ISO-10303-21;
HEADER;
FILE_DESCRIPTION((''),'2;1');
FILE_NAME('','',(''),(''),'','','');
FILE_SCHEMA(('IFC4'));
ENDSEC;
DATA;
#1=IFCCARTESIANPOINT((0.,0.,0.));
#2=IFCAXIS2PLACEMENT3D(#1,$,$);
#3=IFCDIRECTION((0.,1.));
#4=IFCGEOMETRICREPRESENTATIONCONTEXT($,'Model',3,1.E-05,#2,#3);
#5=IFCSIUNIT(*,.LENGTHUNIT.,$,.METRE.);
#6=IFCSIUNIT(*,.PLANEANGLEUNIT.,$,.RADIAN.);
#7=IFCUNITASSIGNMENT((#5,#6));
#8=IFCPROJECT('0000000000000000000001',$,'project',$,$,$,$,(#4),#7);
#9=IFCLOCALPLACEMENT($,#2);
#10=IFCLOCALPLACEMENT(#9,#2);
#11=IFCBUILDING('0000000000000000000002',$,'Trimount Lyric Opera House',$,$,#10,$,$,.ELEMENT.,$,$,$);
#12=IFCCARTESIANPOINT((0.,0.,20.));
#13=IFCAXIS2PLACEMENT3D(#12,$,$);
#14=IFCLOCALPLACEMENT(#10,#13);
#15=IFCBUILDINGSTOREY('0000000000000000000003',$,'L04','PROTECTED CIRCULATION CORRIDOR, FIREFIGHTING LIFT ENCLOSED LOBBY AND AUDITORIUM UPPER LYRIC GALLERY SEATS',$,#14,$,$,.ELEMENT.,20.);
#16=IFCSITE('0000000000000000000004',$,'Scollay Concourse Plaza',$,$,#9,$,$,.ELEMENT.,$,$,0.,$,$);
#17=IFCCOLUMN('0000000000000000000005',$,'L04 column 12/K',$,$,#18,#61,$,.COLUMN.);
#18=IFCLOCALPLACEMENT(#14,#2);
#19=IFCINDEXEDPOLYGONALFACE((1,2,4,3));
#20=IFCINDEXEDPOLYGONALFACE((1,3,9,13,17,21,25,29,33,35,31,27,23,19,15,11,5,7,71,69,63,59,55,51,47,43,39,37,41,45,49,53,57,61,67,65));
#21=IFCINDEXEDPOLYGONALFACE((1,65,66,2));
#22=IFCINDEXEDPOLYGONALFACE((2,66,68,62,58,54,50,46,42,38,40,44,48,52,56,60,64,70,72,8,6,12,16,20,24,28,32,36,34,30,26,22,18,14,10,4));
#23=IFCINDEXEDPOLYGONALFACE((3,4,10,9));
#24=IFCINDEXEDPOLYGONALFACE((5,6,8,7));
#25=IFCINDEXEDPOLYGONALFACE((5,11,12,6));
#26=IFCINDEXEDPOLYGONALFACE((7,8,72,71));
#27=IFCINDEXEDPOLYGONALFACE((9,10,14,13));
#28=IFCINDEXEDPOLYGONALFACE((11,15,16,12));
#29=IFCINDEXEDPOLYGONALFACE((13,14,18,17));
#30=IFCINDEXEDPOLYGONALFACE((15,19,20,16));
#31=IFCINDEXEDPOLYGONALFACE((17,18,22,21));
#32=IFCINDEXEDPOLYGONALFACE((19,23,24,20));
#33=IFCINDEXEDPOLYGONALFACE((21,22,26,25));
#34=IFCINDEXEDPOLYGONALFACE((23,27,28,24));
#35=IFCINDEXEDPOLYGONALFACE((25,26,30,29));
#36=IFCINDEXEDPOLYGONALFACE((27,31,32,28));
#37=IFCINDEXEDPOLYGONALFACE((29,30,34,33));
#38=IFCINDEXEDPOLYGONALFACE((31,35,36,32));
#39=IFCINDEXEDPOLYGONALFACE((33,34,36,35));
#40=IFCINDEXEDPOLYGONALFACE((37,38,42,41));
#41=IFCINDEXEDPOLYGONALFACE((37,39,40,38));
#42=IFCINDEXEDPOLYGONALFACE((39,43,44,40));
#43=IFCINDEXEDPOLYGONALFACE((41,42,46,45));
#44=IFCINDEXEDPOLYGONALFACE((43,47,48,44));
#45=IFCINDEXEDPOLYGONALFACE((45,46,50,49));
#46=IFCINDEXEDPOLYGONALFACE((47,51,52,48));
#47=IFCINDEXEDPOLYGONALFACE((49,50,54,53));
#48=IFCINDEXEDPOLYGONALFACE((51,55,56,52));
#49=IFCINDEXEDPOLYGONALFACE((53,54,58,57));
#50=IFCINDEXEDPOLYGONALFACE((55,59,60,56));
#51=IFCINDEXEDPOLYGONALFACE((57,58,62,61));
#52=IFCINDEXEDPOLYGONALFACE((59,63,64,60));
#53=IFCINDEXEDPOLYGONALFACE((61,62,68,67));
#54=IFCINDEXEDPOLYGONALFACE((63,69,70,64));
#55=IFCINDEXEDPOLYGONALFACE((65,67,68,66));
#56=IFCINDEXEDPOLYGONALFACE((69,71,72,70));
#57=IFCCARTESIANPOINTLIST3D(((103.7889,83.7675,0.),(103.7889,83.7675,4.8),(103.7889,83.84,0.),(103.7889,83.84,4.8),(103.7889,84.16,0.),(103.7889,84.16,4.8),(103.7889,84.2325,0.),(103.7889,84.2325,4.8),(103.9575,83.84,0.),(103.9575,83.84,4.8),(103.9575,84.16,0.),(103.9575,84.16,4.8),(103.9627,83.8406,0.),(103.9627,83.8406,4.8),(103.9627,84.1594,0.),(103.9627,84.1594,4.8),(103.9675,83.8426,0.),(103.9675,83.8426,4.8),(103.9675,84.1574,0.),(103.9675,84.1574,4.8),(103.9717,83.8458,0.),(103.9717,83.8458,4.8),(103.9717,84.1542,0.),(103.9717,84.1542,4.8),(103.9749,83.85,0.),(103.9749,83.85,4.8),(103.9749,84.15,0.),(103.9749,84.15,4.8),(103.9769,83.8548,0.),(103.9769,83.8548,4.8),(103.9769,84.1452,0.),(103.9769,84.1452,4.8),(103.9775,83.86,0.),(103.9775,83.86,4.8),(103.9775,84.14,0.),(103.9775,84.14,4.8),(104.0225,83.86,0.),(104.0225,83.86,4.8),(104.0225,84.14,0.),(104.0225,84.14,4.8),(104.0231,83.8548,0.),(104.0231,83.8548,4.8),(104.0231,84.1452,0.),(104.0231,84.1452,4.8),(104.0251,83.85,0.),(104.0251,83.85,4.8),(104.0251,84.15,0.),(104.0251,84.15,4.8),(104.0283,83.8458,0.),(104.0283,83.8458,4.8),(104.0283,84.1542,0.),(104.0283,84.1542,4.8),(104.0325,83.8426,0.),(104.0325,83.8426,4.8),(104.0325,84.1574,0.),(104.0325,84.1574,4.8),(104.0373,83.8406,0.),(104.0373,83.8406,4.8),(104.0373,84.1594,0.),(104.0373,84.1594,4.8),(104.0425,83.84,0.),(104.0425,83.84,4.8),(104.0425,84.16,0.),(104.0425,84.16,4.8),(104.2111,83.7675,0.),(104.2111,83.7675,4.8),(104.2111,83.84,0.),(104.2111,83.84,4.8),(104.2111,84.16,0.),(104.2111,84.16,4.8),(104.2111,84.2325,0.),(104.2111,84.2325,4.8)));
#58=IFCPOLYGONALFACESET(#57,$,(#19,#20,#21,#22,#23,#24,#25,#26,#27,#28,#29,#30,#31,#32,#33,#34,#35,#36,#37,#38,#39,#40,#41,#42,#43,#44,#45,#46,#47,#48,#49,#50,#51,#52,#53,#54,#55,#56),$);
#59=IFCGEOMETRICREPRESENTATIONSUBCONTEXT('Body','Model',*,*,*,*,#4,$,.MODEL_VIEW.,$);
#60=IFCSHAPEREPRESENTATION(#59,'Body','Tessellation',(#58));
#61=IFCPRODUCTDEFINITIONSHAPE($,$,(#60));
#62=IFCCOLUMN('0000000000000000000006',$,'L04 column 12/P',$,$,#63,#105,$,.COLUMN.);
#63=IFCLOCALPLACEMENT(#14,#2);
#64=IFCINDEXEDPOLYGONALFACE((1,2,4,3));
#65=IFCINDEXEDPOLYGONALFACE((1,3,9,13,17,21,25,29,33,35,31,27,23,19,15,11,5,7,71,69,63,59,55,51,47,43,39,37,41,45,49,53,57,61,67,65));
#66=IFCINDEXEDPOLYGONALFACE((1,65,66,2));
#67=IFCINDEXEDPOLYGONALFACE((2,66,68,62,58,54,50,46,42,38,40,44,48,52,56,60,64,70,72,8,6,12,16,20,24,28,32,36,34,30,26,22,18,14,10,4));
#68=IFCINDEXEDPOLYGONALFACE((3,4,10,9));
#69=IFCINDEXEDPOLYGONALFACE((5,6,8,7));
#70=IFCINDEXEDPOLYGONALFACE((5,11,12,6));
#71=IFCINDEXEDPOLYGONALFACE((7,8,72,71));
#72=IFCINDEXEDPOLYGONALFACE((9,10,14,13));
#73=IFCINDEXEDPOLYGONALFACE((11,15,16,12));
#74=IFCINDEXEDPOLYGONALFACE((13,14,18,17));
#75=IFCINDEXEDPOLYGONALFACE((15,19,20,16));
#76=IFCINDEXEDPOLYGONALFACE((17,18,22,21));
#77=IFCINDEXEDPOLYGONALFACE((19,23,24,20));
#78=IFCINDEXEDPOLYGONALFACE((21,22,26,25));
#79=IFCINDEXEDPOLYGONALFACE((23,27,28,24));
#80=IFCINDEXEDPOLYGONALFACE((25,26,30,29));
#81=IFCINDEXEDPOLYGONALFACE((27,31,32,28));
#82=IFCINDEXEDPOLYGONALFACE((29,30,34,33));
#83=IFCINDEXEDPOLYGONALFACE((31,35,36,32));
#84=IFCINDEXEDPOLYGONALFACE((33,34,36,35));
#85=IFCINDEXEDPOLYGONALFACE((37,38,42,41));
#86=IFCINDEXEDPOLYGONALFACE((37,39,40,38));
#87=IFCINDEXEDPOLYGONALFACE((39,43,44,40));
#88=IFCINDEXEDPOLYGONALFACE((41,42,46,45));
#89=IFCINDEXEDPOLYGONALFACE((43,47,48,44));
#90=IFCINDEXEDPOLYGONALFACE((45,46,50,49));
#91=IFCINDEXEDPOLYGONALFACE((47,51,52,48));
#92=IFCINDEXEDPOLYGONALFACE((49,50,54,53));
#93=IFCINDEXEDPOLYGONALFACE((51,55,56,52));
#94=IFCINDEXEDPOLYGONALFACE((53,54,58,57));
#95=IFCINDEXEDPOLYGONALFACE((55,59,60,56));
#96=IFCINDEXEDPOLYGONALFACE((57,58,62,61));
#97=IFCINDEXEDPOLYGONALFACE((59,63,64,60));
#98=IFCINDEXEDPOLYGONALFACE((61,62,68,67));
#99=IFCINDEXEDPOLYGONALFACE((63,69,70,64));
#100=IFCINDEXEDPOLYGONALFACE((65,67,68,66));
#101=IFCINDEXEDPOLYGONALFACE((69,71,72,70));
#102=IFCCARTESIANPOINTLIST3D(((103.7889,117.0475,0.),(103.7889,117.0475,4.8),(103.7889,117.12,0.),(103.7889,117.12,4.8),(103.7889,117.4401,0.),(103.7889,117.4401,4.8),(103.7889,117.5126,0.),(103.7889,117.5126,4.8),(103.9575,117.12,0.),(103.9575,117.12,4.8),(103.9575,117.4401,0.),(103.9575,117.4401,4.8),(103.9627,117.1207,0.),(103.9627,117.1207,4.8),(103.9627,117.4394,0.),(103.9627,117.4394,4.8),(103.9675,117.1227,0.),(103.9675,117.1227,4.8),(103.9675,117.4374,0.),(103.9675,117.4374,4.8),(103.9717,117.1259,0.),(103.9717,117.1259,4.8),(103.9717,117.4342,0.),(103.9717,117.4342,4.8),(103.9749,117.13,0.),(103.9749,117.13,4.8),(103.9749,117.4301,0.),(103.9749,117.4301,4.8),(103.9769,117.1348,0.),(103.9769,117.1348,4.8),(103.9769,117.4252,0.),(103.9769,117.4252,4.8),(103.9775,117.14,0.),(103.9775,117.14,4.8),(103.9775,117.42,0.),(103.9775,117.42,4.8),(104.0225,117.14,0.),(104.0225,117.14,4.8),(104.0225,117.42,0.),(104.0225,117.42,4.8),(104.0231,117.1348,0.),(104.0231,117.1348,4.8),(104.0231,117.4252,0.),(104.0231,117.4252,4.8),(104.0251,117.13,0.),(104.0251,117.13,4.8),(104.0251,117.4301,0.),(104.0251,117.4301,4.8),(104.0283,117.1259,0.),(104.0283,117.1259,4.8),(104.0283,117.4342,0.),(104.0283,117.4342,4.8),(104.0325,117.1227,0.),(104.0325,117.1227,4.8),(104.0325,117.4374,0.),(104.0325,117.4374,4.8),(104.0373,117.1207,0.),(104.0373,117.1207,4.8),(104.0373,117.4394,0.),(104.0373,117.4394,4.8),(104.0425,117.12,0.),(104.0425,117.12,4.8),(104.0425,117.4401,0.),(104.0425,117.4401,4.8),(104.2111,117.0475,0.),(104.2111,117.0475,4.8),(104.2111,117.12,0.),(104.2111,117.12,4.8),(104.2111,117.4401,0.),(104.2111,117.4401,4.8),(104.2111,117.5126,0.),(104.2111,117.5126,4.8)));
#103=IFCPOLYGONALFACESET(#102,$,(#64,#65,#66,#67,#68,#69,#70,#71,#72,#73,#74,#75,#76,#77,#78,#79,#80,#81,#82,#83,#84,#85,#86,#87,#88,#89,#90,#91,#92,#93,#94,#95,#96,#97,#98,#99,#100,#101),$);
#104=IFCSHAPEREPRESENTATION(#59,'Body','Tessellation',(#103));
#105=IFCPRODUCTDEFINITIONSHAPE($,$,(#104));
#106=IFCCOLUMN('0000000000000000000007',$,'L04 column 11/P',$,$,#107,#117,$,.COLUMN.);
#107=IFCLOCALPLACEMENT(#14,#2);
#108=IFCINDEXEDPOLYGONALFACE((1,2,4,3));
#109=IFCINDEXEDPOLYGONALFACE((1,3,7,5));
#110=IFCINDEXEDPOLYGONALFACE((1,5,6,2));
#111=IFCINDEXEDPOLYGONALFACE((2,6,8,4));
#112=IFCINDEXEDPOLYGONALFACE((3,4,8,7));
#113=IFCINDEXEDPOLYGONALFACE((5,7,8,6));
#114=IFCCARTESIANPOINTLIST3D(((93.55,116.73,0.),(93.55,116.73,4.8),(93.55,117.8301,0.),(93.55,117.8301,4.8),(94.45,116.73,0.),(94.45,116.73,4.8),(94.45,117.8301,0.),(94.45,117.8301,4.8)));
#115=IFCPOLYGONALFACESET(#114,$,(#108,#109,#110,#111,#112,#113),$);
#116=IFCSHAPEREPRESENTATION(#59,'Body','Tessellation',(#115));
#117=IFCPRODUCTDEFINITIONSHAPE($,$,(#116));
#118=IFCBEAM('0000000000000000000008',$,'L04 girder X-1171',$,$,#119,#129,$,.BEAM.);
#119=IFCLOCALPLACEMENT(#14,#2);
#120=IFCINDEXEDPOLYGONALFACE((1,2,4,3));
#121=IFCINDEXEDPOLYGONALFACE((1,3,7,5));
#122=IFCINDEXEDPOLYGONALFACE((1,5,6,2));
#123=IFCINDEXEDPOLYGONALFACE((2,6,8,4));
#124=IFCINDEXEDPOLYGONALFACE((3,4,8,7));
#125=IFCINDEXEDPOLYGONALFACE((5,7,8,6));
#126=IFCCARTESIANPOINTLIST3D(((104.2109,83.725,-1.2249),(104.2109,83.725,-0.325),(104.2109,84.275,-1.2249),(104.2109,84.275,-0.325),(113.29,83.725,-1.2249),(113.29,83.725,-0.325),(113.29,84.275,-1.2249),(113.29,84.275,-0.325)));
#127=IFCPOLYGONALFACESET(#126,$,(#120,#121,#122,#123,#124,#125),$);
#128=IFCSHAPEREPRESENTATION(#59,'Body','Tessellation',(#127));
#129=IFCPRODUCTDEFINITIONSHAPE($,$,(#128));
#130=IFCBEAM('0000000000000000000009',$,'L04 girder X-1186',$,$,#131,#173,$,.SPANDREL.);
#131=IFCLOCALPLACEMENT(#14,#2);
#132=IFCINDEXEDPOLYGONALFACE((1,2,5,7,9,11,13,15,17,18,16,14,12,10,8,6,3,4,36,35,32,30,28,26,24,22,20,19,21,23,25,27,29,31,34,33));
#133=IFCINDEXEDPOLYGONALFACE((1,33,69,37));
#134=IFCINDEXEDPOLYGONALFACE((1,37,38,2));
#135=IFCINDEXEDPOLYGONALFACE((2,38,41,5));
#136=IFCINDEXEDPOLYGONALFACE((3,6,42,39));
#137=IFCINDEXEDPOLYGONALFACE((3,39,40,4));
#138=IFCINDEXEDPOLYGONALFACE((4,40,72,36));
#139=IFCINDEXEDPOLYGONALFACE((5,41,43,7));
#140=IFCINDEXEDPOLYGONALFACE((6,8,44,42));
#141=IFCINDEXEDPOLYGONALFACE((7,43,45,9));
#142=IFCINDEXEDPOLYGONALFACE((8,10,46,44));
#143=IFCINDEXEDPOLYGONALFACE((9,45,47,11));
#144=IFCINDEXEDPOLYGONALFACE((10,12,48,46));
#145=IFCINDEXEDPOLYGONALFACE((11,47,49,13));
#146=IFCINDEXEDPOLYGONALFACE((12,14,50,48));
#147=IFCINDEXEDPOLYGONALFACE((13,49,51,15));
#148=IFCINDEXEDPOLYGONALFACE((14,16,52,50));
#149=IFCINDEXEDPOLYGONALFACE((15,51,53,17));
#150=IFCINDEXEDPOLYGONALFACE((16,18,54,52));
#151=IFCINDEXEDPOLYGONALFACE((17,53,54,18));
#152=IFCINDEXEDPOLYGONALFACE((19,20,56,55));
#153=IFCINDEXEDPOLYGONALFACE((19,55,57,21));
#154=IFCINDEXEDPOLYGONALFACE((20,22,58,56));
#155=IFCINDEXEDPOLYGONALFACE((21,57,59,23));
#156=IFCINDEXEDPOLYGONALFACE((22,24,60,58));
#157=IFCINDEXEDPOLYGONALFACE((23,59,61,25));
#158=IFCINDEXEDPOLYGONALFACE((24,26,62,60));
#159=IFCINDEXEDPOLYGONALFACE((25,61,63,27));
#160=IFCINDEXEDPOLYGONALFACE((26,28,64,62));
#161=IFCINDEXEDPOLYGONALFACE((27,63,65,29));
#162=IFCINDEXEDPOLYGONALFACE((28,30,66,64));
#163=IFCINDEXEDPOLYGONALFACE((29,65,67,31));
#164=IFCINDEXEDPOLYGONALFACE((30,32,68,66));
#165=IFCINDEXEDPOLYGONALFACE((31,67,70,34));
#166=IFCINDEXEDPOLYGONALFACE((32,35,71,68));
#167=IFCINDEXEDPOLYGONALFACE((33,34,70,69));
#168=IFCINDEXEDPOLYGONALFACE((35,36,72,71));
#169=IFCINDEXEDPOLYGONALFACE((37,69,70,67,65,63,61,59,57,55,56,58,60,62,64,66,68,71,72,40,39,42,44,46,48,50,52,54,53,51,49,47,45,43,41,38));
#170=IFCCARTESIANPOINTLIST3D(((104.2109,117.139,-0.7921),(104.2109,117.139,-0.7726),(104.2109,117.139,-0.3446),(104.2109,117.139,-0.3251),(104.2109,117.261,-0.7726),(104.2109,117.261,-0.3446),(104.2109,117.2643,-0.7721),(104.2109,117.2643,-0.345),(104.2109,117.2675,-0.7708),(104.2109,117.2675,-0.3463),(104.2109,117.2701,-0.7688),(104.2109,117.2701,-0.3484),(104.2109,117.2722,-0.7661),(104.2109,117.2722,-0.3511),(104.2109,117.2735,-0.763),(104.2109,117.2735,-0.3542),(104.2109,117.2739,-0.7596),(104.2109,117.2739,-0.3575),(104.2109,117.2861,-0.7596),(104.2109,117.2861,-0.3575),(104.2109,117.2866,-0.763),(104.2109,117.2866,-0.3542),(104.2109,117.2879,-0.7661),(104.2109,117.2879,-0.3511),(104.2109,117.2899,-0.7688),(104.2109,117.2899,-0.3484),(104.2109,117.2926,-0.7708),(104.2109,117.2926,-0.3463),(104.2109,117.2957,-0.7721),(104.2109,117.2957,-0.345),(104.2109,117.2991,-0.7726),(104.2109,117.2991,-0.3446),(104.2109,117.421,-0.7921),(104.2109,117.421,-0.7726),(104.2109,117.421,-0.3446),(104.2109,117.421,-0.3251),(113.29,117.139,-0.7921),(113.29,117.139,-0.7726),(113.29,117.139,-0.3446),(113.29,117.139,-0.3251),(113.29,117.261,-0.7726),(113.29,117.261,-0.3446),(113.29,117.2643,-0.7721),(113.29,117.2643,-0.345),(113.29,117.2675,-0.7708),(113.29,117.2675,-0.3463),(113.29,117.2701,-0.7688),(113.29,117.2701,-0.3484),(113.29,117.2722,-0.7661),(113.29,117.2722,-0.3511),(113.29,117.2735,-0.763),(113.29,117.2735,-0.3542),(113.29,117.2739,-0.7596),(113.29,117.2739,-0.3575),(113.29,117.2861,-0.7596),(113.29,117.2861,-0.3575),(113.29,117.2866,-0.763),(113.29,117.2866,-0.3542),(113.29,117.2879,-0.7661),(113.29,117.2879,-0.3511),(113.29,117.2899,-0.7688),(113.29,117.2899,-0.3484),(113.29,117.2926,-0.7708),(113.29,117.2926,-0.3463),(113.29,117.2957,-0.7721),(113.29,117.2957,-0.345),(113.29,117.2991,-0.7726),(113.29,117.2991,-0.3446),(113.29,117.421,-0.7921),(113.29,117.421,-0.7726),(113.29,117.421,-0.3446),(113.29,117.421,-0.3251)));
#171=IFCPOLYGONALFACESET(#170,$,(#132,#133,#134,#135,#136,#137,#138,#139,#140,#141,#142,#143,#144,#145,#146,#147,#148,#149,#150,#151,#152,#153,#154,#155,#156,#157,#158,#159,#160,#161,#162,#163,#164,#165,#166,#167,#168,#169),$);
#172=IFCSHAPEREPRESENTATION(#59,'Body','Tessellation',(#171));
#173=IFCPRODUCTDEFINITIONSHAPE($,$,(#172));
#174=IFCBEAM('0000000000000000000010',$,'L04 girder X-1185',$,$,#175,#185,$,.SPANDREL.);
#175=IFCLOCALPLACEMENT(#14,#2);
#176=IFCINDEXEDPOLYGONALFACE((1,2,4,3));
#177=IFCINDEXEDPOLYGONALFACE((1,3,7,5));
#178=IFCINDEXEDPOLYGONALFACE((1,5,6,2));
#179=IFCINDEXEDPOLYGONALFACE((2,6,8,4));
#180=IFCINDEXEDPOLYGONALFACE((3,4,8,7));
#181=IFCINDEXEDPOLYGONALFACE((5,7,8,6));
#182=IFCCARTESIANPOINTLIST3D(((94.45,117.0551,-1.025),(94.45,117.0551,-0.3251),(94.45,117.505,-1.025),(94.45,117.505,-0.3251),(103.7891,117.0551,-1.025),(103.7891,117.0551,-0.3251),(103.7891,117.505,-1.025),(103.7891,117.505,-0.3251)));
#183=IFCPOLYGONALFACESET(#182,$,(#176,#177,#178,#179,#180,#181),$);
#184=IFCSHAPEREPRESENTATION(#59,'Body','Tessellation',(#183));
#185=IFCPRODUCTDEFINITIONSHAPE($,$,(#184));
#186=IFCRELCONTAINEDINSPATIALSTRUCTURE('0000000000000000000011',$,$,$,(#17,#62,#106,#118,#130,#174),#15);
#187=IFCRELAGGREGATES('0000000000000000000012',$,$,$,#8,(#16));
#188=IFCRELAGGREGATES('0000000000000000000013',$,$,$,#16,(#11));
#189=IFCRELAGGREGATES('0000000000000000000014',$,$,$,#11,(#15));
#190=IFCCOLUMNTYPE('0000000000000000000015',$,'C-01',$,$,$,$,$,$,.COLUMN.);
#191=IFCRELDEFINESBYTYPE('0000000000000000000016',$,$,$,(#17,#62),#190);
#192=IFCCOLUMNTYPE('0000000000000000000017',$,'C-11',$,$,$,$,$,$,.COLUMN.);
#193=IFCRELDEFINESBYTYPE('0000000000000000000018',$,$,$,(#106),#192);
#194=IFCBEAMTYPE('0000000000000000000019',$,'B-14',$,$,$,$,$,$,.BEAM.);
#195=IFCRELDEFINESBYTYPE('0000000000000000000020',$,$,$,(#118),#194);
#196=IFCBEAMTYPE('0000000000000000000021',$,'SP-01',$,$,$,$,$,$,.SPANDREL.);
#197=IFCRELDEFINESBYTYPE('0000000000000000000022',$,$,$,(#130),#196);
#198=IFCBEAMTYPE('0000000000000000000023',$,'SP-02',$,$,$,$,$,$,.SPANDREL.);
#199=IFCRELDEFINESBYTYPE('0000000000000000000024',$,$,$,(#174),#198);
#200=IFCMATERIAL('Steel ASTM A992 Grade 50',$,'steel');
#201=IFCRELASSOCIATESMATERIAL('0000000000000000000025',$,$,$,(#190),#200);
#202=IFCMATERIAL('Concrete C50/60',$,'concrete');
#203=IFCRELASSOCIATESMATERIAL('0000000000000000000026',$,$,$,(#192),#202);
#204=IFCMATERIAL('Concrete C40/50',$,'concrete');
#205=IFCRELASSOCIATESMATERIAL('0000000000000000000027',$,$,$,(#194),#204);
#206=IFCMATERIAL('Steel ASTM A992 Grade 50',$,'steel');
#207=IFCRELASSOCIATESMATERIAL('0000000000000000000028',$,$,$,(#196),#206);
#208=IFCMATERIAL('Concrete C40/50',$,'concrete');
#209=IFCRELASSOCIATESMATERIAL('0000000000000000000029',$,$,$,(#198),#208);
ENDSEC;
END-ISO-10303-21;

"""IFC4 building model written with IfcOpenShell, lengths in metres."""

from ifc_helpers import new_model, si_unit, direction, frame, origin, origin_2d, place, context, subcontext, project, spatial, rectangle, i_section, extrude, material, material_profile, profile_set, type_object, element, save


model = new_model("IFC4")

# Units and contexts
model_context = context("Model", 3, precision=1e-05, world=origin(), true_north=direction((0.0, 1.0)))
body_context = subcontext(model_context, "Body", "Model", "MODEL_VIEW")
ifc_project = project(units=[si_unit("LENGTHUNIT", "METRE"), si_unit("PLANEANGLEUNIT", "RADIAN")], contexts=[model_context])

# Site, building, storey
site_placement = place(None, origin())
site = spatial("IfcSite", under=ifc_project, at=site_placement, Name="Scollay Concourse Plaza", CompositionType="ELEMENT", RefElevation=0.0)
building_placement = place(site_placement, origin())
building = spatial("IfcBuilding", under=site, at=building_placement, Name="Trimount Lyric Opera House", CompositionType="ELEMENT")
storey_placement = place(building_placement, frame((0.0, 0.0, 20.0)))
storey = spatial("IfcBuildingStorey", under=building, at=storey_placement, Name="L04", Description="PROTECTED CIRCULATION CORRIDOR, FIREFIGHTING LIFT ENCLOSED LOBBY AND AUDITORIUM UPPER LYRIC GALLERY SEATS", CompositionType="ELEMENT", Elevation=20.0)

# Columns
ifc_material_1 = material(Name="Steel ASTM A992 Grade 50", Category="steel")
ifc_material_profile_1 = material_profile(ifc_material_1, i_section(OverallWidth=0.4221, OverallDepth=0.4651, WebThickness=0.0449, FlangeThickness=0.0725, FilletRadius=0.02, at=origin_2d()), Name="W14X398")
ifc_profile_set_1 = profile_set([ifc_material_profile_1], Name="Steel ASTM A992 Grade 50")
column_type_1 = type_object("IfcColumnType", Name="C-01", PredefinedType="COLUMN", material=ifc_profile_set_1)
for number, where, z_axis, x_axis, name in (
    (1, (104.0, 84.0, 0.0), (0.0, 0.0, 1.0), (1.0, 0.0, 0.0), "L04 column 12/K"),
    (2, (104.0, 117.28, 0.0), (0.0, 0.0, 1.0), (1.0, 0.0, 0.0), "L04 column 12/P"),
):
    element("IfcColumn", number, at=place(storey_placement, frame(where, z_axis=z_axis, x_axis=x_axis)), inside=storey, type_object=column_type_1, Name=name, PredefinedType="COLUMN", context=body_context, shape_type="SweptSolid", body=[
        extrude(i_section(OverallWidth=0.4221, OverallDepth=0.4651, WebThickness=0.0449, FlangeThickness=0.0725, FilletRadius=0.02, at=origin_2d()), origin(), (0.0, 0.0, 1.0), 4.8),
    ])
ifc_material_2 = material(Name="Concrete C50/60", Category="concrete")
ifc_material_profile_2 = material_profile(ifc_material_2, rectangle(XDim=0.8999, YDim=1.1001, at=origin_2d()), Name="RC1100X900")
ifc_profile_set_2 = profile_set([ifc_material_profile_2], Name="Concrete C50/60")
column_type_2 = type_object("IfcColumnType", Name="C-11", PredefinedType="COLUMN", material=ifc_profile_set_2)
column_placement = place(storey_placement, frame((94.0, 117.28, 0.0), z_axis=(0.0, 0.0, 1.0), x_axis=(1.0, 0.0, 0.0)))
element("IfcColumn", 3, at=column_placement, inside=storey, type_object=column_type_2, Name="L04 column 11/P", PredefinedType="COLUMN", context=body_context, shape_type="SweptSolid", body=[
    extrude(rectangle(XDim=0.8999, YDim=1.1001, at=origin_2d()), origin(), (0.0, 0.0, 1.0), 4.8),
])

# Beams
ifc_material_3 = material(Name="Concrete C40/50", Category="concrete")
ifc_material_profile_3 = material_profile(ifc_material_3, rectangle(XDim=0.55, YDim=0.8999, at=origin_2d()), Name="RC550X900")
ifc_profile_set_3 = profile_set([ifc_material_profile_3], Name="Concrete C40/50")
beam_type_1 = type_object("IfcBeamType", Name="B-14", PredefinedType="BEAM", material=ifc_profile_set_3)
beam_1_placement = place(storey_placement, frame((104.2109, 84.0, -0.7749), z_axis=(1.0, 0.0, 0.0), x_axis=(0.0, 1.0, 0.0)))
element("IfcBeam", 4, at=beam_1_placement, inside=storey, type_object=beam_type_1, Name="L04 girder X-1171", PredefinedType="BEAM", context=body_context, shape_type="SweptSolid", body=[
    extrude(rectangle(XDim=0.55, YDim=0.8999, at=origin_2d()), origin(), (0.0, 0.0, 1.0), 9.0791),
])
ifc_material_4 = material(Name="Steel ASTM A992 Grade 50", Category="steel")
ifc_material_profile_4 = material_profile(ifc_material_4, i_section(OverallWidth=0.282, OverallDepth=0.467, WebThickness=0.0122, FlangeThickness=0.0195, FilletRadius=0.0129, at=origin_2d()), Name="W18X86")
ifc_profile_set_4 = profile_set([ifc_material_profile_4], Name="Steel ASTM A992 Grade 50")
beam_type_2 = type_object("IfcBeamType", Name="SP-01", PredefinedType="SPANDREL", material=ifc_profile_set_4)
beam_2_placement = place(storey_placement, frame((104.2109, 117.28, -0.5586), z_axis=(1.0, 0.0, 0.0), x_axis=(0.0, 1.0, 0.0)))
element("IfcBeam", 5, at=beam_2_placement, inside=storey, type_object=beam_type_2, Name="L04 girder X-1186", PredefinedType="SPANDREL", context=body_context, shape_type="SweptSolid", body=[
    extrude(i_section(OverallWidth=0.282, OverallDepth=0.467, WebThickness=0.0122, FlangeThickness=0.0195, FilletRadius=0.0129, at=origin_2d()), origin(), (0.0, 0.0, 1.0), 9.0791),
])
ifc_material_5 = material(Name="Concrete C40/50", Category="concrete")
ifc_material_profile_5 = material_profile(ifc_material_5, rectangle(XDim=0.45, YDim=0.7, at=origin_2d()), Name="RC450X700")
ifc_profile_set_5 = profile_set([ifc_material_profile_5], Name="Concrete C40/50")
beam_type_3 = type_object("IfcBeamType", Name="SP-02", PredefinedType="SPANDREL", material=ifc_profile_set_5)
beam_3_placement = place(storey_placement, frame((94.45, 117.28, -0.675), z_axis=(1.0, 0.0, 0.0), x_axis=(0.0, 1.0, 0.0)))
element("IfcBeam", 6, at=beam_3_placement, inside=storey, type_object=beam_type_3, Name="L04 girder X-1185", PredefinedType="SPANDREL", context=body_context, shape_type="SweptSolid", body=[
    extrude(rectangle(XDim=0.45, YDim=0.7, at=origin_2d()), origin(), (0.0, 0.0, 1.0), 9.3391),
])

save(model, "model.ifc")
